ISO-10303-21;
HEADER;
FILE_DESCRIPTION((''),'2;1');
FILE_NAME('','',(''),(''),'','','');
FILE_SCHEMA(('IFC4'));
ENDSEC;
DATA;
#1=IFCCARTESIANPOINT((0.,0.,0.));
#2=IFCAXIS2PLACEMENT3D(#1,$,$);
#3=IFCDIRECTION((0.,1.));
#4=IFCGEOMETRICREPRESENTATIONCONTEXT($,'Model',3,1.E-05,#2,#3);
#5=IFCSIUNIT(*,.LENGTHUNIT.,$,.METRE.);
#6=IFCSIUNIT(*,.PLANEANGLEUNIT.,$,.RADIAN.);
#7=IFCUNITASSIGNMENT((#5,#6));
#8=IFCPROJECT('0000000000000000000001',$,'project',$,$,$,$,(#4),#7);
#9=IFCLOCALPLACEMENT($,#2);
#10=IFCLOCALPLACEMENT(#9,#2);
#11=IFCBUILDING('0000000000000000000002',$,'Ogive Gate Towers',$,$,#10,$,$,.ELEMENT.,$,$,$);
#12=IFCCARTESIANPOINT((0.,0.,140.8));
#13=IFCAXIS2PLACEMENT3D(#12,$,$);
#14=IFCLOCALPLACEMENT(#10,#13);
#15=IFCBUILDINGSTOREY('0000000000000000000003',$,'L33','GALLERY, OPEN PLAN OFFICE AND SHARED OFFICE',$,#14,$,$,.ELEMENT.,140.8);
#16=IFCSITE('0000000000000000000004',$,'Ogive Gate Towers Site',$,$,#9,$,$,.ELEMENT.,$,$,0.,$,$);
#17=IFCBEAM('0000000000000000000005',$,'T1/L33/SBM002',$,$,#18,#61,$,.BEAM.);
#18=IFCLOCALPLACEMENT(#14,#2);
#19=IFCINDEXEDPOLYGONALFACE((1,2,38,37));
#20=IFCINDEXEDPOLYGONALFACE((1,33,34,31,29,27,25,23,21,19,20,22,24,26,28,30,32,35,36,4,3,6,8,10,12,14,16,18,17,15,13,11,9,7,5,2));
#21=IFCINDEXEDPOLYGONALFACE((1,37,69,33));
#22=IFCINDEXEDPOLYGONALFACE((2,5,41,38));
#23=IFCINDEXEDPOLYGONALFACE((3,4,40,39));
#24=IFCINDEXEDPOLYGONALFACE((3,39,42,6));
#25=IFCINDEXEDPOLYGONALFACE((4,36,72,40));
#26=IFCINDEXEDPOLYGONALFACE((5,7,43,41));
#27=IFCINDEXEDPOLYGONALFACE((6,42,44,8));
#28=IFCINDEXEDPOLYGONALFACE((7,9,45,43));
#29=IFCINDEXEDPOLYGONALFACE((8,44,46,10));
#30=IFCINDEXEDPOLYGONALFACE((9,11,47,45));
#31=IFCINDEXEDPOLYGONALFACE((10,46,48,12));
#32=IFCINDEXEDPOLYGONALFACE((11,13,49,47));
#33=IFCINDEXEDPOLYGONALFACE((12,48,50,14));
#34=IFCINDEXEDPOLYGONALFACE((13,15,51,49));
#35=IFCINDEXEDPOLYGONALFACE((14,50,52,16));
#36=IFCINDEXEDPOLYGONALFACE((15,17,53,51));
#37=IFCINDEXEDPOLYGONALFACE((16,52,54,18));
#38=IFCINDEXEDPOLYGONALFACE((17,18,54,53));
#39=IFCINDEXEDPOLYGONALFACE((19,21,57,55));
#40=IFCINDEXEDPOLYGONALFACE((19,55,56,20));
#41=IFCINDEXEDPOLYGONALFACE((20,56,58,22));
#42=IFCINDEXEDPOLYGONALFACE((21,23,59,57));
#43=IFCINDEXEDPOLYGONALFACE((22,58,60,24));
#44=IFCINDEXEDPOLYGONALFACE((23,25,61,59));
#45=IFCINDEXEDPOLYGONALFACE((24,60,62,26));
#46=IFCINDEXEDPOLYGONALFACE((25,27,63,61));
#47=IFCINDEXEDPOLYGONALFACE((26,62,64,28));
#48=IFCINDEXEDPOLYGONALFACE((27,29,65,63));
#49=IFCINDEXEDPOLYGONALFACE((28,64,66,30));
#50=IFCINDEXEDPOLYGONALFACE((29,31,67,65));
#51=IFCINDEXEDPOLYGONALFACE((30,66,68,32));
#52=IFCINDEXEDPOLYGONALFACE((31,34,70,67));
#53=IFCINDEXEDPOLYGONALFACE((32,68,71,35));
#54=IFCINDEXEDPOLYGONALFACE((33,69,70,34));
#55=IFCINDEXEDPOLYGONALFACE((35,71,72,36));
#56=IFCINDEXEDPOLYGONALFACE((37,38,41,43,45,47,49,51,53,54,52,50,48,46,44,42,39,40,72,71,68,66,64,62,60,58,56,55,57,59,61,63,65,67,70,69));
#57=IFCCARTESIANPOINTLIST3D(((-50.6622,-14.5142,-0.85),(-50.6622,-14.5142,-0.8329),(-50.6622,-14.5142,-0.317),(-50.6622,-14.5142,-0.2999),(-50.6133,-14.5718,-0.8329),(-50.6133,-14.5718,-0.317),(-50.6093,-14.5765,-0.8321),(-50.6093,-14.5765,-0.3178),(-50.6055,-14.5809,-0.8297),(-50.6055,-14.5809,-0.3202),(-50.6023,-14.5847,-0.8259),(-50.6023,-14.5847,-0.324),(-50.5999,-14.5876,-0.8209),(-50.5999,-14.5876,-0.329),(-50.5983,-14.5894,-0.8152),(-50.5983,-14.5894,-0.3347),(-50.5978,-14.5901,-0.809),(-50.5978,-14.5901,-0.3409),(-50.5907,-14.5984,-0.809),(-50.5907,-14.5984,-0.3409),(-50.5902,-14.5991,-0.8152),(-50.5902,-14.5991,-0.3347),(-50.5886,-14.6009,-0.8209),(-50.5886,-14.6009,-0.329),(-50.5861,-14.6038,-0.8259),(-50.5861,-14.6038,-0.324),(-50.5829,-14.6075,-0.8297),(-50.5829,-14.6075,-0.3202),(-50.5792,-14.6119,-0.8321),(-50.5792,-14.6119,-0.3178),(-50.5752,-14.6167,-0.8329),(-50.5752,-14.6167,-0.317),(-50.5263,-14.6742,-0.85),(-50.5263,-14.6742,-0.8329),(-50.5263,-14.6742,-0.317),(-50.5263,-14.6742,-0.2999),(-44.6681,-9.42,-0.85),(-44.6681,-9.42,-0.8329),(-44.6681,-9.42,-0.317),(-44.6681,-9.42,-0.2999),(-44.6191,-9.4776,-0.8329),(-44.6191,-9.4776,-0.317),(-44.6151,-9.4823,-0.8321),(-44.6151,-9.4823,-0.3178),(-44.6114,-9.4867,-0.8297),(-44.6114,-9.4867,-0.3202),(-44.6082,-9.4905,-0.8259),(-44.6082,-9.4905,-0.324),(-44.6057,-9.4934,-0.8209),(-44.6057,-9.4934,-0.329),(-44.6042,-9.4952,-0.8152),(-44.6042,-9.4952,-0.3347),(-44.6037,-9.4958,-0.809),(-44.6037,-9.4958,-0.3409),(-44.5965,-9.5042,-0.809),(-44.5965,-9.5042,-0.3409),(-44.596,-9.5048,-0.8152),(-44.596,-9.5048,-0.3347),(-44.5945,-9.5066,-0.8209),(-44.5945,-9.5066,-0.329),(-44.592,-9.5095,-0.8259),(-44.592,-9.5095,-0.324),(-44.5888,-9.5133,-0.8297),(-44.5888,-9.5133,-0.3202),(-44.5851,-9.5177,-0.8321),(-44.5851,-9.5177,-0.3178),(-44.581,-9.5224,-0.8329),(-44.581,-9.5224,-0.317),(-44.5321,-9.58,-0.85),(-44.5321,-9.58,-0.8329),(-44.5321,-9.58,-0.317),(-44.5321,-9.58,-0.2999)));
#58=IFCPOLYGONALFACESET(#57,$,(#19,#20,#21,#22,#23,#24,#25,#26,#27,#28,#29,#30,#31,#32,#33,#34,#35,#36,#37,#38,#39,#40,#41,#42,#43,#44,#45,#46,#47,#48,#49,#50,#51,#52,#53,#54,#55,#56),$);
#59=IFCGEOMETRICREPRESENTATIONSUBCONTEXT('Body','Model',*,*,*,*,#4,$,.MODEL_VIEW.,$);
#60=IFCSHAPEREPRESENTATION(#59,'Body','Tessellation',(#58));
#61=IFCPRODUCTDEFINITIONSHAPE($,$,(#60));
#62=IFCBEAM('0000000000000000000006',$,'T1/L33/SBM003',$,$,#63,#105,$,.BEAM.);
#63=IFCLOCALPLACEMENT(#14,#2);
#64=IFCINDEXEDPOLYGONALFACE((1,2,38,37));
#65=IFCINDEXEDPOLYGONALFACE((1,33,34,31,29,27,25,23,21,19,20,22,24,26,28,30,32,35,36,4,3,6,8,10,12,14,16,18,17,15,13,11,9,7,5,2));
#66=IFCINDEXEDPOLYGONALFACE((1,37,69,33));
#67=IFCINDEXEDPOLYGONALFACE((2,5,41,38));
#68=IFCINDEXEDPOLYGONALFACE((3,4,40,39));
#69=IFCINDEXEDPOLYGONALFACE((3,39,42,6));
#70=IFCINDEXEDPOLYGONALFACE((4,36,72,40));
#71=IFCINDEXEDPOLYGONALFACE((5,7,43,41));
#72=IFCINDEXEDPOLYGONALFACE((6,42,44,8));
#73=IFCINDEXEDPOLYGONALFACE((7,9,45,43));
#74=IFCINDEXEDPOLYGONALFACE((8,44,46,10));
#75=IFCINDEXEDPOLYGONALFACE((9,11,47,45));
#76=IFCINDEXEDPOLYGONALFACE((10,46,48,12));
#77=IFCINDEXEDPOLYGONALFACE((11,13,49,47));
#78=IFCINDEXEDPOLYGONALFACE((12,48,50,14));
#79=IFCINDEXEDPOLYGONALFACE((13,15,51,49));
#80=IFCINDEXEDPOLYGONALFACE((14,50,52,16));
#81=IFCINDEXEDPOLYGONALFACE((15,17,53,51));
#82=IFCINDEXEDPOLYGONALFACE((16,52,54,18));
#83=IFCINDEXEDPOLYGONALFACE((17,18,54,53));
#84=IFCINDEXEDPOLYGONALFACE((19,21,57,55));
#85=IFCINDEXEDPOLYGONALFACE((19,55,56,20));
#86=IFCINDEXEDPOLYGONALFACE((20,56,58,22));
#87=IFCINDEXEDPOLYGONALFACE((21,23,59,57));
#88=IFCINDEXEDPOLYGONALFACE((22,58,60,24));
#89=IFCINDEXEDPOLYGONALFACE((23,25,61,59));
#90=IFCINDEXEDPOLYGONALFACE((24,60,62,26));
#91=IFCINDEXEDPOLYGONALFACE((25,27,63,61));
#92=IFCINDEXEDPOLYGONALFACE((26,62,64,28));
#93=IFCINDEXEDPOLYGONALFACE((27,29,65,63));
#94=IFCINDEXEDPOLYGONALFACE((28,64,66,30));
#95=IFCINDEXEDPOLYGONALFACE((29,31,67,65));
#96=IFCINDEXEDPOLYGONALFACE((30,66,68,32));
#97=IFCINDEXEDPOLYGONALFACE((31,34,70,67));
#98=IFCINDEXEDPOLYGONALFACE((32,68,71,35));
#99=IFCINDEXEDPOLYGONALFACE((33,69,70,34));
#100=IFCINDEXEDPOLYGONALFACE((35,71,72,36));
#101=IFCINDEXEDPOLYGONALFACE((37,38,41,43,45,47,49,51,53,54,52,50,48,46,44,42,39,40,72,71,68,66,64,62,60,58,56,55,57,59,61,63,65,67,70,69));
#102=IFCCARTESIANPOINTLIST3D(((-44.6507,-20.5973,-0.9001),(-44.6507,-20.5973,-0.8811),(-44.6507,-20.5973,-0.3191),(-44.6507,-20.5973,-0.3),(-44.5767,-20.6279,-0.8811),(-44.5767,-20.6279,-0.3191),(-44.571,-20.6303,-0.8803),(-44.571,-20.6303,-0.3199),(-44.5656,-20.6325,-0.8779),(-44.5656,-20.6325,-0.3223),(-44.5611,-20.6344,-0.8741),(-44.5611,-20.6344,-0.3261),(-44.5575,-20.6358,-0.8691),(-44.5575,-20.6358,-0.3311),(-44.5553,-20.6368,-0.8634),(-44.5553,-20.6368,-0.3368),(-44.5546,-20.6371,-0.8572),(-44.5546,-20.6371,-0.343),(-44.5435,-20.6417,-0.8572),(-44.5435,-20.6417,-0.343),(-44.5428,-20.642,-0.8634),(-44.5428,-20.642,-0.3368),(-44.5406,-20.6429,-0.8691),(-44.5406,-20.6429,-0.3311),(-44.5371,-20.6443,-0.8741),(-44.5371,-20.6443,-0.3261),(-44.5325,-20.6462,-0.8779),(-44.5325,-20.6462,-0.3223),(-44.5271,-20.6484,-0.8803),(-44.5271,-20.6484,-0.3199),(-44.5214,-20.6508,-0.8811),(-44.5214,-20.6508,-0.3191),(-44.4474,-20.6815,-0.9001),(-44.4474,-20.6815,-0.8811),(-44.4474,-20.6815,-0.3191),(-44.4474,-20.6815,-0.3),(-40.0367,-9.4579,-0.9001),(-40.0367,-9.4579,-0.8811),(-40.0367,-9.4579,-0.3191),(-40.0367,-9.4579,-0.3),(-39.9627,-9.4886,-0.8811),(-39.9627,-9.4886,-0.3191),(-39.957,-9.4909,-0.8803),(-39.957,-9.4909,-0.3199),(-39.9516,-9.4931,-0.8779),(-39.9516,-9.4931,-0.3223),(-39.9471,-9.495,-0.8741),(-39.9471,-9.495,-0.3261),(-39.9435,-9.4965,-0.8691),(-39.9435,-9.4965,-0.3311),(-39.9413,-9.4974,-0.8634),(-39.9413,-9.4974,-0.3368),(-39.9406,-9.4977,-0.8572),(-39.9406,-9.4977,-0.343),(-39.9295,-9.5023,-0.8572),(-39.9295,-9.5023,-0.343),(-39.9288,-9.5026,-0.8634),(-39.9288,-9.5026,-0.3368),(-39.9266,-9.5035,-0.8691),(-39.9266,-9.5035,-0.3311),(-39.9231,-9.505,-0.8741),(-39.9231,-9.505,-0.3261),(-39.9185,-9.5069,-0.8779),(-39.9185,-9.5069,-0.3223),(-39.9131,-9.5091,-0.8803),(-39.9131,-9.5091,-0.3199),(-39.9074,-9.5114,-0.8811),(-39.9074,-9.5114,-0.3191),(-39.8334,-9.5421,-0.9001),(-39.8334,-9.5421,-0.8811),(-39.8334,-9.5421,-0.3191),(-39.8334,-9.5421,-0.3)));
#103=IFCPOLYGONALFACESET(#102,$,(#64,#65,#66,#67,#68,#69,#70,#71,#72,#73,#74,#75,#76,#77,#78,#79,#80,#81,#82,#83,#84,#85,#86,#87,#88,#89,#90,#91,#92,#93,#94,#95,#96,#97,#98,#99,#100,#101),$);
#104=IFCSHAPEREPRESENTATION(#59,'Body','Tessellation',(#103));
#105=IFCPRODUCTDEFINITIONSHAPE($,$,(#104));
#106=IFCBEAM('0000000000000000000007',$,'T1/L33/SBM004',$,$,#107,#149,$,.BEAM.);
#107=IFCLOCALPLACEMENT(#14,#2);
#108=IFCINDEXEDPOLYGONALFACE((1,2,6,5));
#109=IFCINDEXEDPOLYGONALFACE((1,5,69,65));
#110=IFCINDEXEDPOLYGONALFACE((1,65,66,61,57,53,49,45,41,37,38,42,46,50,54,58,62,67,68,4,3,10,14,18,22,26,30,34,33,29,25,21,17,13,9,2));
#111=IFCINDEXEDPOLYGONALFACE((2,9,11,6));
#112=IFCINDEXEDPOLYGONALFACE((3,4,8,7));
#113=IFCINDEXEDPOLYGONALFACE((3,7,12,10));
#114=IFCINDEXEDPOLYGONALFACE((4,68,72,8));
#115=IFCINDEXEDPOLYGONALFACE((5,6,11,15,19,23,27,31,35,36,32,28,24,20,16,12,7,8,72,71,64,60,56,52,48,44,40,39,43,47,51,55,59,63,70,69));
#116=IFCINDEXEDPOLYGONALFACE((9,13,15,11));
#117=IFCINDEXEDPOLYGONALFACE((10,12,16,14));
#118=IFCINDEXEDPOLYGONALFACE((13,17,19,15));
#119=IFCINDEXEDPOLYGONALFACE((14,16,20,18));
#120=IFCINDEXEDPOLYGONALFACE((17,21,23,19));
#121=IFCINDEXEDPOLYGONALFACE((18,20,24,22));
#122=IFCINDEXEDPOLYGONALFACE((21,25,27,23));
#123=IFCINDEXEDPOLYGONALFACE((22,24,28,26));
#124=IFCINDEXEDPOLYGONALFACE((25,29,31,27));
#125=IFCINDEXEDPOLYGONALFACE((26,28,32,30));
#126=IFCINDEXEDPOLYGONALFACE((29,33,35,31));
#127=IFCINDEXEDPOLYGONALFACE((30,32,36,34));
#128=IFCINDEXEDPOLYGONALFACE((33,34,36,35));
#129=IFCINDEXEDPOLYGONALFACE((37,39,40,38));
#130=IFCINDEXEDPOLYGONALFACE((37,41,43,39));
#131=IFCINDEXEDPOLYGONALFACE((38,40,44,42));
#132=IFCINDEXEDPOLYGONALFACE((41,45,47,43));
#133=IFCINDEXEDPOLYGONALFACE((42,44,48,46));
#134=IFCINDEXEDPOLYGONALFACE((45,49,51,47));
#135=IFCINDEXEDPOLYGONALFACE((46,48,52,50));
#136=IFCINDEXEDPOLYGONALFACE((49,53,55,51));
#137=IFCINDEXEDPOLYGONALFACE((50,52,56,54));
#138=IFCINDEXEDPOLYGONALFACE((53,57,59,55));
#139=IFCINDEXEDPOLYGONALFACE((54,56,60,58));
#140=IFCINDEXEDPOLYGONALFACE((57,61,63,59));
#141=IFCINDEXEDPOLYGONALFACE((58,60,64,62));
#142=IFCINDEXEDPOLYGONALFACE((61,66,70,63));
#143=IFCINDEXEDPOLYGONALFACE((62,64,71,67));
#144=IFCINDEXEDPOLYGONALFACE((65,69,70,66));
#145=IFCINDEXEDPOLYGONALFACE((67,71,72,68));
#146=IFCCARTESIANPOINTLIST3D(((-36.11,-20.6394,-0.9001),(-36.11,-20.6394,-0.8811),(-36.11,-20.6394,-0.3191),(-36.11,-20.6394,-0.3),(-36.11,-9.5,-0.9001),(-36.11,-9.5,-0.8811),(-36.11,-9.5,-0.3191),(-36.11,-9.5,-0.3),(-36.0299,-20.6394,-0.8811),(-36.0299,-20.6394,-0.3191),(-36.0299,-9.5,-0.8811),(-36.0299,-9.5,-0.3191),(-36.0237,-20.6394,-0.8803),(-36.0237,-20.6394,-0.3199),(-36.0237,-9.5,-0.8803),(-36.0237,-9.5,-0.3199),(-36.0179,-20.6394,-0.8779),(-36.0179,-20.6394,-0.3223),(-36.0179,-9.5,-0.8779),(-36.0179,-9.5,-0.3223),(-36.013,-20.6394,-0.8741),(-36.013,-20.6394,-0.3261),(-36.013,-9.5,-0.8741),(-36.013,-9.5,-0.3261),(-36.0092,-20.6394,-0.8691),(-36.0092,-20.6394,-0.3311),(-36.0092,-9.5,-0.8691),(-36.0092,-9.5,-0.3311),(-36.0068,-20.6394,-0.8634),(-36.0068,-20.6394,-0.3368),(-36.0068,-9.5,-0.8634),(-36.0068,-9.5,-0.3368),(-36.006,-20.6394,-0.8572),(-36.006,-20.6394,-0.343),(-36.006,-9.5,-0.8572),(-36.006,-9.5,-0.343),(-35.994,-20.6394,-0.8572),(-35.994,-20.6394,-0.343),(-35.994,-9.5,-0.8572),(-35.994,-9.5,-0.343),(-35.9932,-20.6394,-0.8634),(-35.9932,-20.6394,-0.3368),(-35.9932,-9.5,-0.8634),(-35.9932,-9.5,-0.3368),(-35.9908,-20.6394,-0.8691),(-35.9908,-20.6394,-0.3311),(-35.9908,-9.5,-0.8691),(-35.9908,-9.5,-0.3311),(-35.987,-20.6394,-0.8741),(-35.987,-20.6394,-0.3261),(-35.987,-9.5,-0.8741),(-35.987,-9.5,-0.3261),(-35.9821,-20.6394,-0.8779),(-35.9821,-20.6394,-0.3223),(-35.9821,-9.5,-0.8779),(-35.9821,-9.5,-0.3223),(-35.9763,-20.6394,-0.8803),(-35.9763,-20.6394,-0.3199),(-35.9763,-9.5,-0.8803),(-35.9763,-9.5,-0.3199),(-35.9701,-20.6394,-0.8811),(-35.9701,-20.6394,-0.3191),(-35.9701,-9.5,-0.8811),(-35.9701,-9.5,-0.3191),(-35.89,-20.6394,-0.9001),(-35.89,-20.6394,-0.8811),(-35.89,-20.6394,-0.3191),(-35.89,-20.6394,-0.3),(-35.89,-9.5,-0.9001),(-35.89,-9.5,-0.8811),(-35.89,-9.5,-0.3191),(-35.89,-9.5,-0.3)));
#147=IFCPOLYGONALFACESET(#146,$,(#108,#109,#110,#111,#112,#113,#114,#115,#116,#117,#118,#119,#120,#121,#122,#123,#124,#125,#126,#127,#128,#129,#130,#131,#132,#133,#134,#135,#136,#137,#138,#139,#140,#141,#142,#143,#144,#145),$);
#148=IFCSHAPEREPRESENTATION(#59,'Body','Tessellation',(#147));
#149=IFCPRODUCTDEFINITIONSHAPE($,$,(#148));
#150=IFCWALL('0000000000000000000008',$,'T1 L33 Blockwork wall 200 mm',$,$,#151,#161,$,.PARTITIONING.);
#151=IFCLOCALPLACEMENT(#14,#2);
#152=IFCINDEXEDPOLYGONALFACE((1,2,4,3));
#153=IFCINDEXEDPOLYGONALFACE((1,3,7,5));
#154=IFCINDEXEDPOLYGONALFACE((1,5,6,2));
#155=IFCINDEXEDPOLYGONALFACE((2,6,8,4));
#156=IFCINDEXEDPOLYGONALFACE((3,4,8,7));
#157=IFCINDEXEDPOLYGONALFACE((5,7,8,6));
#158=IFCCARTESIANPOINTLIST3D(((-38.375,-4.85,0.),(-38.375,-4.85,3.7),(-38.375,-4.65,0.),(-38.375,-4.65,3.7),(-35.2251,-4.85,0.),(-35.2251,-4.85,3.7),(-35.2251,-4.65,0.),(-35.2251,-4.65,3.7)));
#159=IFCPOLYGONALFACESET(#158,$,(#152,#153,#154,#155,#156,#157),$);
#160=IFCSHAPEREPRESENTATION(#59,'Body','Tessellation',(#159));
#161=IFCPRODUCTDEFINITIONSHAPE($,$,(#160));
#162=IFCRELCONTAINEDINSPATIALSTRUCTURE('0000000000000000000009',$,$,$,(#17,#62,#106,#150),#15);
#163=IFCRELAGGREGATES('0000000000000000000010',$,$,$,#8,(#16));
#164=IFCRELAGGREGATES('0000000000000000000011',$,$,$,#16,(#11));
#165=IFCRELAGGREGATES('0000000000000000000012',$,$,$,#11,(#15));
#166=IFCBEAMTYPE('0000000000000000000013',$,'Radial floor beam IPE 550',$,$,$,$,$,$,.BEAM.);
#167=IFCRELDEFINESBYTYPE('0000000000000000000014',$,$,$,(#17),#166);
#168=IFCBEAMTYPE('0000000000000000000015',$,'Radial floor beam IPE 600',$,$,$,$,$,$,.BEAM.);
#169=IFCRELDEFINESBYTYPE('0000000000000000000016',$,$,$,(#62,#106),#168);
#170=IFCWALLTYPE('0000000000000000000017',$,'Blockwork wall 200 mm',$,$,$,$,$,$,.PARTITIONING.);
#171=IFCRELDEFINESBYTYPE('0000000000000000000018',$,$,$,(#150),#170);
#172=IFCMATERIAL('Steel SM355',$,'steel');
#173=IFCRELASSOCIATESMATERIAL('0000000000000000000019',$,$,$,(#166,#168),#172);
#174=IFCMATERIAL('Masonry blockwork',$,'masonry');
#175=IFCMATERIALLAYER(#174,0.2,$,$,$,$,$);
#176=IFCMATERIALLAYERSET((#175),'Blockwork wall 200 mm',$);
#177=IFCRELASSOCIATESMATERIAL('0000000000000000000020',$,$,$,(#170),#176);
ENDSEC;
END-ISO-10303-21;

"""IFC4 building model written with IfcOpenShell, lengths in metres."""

from ifc_helpers import new_model, si_unit, direction, frame, frame_2d, origin, origin_2d, place, context, subcontext, project, spatial, rectangle, i_section, extrude, material, layer, layer_set, material_profile, profile_set, type_object, element, save


model = new_model("IFC4")

# Units and contexts
model_context = context("Model", 3, precision=1e-05, world=origin(), true_north=direction((0.0, 1.0)))
body_context = subcontext(model_context, "Body", "Model", "MODEL_VIEW")
ifc_project = project(units=[si_unit("LENGTHUNIT", "METRE"), si_unit("PLANEANGLEUNIT", "RADIAN")], contexts=[model_context])

# Site, building, storey
site_placement = place(None, origin())
site = spatial("IfcSite", under=ifc_project, at=site_placement, Name="Ogive Gate Towers Site", CompositionType="ELEMENT", RefElevation=0.0)
building_placement = place(site_placement, origin())
building = spatial("IfcBuilding", under=site, at=building_placement, Name="Ogive Gate Towers", CompositionType="ELEMENT")
storey_placement = place(building_placement, frame((0.0, 0.0, 140.8)))
storey = spatial("IfcBuildingStorey", under=building, at=storey_placement, Name="L33", Description="GALLERY, OPEN PLAN OFFICE AND SHARED OFFICE", CompositionType="ELEMENT", Elevation=140.8)

# Beams
ifc_material_1 = material(Name="Steel SM355", Category="steel")
ifc_material_profile_1 = material_profile(ifc_material_1, i_section(OverallWidth=0.21, OverallDepth=0.55, WebThickness=0.011, FlangeThickness=0.0171, FilletRadius=0.0239, at=origin_2d()), Name="IPE 550")
ifc_profile_set_1 = profile_set([ifc_material_profile_1], Name="Steel SM355")
beam_type_1 = type_object("IfcBeamType", Name="Radial floor beam IPE 550", PredefinedType="BEAM", material=ifc_profile_set_1)
beam_1_placement = place(storey_placement, frame((-44.6001, -9.5, -0.575), z_axis=(-0.761988, -0.647591, 0.0), x_axis=(0.647591, -0.761988, 0.0)))
element("IfcBeam", 1, at=beam_1_placement, inside=storey, type_object=beam_type_1, Name="T1/L33/SBM002", PredefinedType="BEAM", context=body_context, shape_type="SweptSolid", body=[
    extrude(i_section(OverallWidth=0.21, OverallDepth=0.55, WebThickness=0.011, FlangeThickness=0.0171, FilletRadius=0.0239, at=origin_2d()), origin(), (0.0, 0.0, 1.0), 7.8665),
])
ifc_material_profile_2 = material_profile(ifc_material_1, i_section(OverallWidth=0.22, OverallDepth=0.6001, WebThickness=0.012, FlangeThickness=0.019, FilletRadius=0.0239, at=origin_2d()), Name="IPE 600")
ifc_profile_set_2 = profile_set([ifc_material_profile_2], Name="Steel SM355")
beam_type_2 = type_object("IfcBeamType", Name="Radial floor beam IPE 600", PredefinedType="BEAM", material=ifc_profile_set_2)
beam_2_placement = place(storey_placement, frame((-39.9351, -9.5, -0.6001), z_axis=(-0.382678, -0.923882, 0.0), x_axis=(0.923882, -0.382678, 0.0)))
element("IfcBeam", 2, at=beam_2_placement, inside=storey, type_object=beam_type_2, Name="T1/L33/SBM003", PredefinedType="BEAM", context=body_context, shape_type="SweptSolid", body=[
    extrude(i_section(OverallWidth=0.22, OverallDepth=0.6001, WebThickness=0.012, FlangeThickness=0.019, FilletRadius=0.0239, at=origin_2d()), origin(), (0.0, 0.0, 1.0), 12.0571),
])
beam_3_placement = place(storey_placement, frame((-36.0, -9.5, -0.6001), z_axis=(0.0, -1.0, 0.0), x_axis=(1.0, 0.0, 0.0)))
element("IfcBeam", 3, at=beam_3_placement, inside=storey, type_object=beam_type_2, Name="T1/L33/SBM004", PredefinedType="BEAM", context=body_context, shape_type="SweptSolid", body=[
    extrude(i_section(OverallWidth=0.22, OverallDepth=0.6001, WebThickness=0.012, FlangeThickness=0.019, FilletRadius=0.0239, at=origin_2d()), origin(), (0.0, 0.0, 1.0), 11.1394),
])

# Wall
ifc_material_2 = material(Name="Masonry blockwork", Category="masonry")
ifc_layer_1 = layer(ifc_material_2, 0.2)
ifc_layer_set_1 = layer_set([ifc_layer_1], Name="Blockwork wall 200 mm")
wall_type_1 = type_object("IfcWallType", Name="Blockwork wall 200 mm", PredefinedType="PARTITIONING", material=ifc_layer_set_1)
wall_1_placement = place(storey_placement, frame((-38.375, -4.75, 0.0), z_axis=(0.0, 0.0, 1.0), x_axis=(1.0, 0.0, 0.0)))
element("IfcWall", 4, at=wall_1_placement, inside=storey, type_object=wall_type_1, Name="T1 L33 Blockwork wall 200 mm", PredefinedType="PARTITIONING", context=body_context, shape_type="SweptSolid", body=[
    extrude(rectangle(XDim=3.1499, YDim=0.2, at=frame_2d((1.575, 0.0))), origin(), (0.0, 0.0, 1.0), 3.7),
])

save(model, "model.ifc")
